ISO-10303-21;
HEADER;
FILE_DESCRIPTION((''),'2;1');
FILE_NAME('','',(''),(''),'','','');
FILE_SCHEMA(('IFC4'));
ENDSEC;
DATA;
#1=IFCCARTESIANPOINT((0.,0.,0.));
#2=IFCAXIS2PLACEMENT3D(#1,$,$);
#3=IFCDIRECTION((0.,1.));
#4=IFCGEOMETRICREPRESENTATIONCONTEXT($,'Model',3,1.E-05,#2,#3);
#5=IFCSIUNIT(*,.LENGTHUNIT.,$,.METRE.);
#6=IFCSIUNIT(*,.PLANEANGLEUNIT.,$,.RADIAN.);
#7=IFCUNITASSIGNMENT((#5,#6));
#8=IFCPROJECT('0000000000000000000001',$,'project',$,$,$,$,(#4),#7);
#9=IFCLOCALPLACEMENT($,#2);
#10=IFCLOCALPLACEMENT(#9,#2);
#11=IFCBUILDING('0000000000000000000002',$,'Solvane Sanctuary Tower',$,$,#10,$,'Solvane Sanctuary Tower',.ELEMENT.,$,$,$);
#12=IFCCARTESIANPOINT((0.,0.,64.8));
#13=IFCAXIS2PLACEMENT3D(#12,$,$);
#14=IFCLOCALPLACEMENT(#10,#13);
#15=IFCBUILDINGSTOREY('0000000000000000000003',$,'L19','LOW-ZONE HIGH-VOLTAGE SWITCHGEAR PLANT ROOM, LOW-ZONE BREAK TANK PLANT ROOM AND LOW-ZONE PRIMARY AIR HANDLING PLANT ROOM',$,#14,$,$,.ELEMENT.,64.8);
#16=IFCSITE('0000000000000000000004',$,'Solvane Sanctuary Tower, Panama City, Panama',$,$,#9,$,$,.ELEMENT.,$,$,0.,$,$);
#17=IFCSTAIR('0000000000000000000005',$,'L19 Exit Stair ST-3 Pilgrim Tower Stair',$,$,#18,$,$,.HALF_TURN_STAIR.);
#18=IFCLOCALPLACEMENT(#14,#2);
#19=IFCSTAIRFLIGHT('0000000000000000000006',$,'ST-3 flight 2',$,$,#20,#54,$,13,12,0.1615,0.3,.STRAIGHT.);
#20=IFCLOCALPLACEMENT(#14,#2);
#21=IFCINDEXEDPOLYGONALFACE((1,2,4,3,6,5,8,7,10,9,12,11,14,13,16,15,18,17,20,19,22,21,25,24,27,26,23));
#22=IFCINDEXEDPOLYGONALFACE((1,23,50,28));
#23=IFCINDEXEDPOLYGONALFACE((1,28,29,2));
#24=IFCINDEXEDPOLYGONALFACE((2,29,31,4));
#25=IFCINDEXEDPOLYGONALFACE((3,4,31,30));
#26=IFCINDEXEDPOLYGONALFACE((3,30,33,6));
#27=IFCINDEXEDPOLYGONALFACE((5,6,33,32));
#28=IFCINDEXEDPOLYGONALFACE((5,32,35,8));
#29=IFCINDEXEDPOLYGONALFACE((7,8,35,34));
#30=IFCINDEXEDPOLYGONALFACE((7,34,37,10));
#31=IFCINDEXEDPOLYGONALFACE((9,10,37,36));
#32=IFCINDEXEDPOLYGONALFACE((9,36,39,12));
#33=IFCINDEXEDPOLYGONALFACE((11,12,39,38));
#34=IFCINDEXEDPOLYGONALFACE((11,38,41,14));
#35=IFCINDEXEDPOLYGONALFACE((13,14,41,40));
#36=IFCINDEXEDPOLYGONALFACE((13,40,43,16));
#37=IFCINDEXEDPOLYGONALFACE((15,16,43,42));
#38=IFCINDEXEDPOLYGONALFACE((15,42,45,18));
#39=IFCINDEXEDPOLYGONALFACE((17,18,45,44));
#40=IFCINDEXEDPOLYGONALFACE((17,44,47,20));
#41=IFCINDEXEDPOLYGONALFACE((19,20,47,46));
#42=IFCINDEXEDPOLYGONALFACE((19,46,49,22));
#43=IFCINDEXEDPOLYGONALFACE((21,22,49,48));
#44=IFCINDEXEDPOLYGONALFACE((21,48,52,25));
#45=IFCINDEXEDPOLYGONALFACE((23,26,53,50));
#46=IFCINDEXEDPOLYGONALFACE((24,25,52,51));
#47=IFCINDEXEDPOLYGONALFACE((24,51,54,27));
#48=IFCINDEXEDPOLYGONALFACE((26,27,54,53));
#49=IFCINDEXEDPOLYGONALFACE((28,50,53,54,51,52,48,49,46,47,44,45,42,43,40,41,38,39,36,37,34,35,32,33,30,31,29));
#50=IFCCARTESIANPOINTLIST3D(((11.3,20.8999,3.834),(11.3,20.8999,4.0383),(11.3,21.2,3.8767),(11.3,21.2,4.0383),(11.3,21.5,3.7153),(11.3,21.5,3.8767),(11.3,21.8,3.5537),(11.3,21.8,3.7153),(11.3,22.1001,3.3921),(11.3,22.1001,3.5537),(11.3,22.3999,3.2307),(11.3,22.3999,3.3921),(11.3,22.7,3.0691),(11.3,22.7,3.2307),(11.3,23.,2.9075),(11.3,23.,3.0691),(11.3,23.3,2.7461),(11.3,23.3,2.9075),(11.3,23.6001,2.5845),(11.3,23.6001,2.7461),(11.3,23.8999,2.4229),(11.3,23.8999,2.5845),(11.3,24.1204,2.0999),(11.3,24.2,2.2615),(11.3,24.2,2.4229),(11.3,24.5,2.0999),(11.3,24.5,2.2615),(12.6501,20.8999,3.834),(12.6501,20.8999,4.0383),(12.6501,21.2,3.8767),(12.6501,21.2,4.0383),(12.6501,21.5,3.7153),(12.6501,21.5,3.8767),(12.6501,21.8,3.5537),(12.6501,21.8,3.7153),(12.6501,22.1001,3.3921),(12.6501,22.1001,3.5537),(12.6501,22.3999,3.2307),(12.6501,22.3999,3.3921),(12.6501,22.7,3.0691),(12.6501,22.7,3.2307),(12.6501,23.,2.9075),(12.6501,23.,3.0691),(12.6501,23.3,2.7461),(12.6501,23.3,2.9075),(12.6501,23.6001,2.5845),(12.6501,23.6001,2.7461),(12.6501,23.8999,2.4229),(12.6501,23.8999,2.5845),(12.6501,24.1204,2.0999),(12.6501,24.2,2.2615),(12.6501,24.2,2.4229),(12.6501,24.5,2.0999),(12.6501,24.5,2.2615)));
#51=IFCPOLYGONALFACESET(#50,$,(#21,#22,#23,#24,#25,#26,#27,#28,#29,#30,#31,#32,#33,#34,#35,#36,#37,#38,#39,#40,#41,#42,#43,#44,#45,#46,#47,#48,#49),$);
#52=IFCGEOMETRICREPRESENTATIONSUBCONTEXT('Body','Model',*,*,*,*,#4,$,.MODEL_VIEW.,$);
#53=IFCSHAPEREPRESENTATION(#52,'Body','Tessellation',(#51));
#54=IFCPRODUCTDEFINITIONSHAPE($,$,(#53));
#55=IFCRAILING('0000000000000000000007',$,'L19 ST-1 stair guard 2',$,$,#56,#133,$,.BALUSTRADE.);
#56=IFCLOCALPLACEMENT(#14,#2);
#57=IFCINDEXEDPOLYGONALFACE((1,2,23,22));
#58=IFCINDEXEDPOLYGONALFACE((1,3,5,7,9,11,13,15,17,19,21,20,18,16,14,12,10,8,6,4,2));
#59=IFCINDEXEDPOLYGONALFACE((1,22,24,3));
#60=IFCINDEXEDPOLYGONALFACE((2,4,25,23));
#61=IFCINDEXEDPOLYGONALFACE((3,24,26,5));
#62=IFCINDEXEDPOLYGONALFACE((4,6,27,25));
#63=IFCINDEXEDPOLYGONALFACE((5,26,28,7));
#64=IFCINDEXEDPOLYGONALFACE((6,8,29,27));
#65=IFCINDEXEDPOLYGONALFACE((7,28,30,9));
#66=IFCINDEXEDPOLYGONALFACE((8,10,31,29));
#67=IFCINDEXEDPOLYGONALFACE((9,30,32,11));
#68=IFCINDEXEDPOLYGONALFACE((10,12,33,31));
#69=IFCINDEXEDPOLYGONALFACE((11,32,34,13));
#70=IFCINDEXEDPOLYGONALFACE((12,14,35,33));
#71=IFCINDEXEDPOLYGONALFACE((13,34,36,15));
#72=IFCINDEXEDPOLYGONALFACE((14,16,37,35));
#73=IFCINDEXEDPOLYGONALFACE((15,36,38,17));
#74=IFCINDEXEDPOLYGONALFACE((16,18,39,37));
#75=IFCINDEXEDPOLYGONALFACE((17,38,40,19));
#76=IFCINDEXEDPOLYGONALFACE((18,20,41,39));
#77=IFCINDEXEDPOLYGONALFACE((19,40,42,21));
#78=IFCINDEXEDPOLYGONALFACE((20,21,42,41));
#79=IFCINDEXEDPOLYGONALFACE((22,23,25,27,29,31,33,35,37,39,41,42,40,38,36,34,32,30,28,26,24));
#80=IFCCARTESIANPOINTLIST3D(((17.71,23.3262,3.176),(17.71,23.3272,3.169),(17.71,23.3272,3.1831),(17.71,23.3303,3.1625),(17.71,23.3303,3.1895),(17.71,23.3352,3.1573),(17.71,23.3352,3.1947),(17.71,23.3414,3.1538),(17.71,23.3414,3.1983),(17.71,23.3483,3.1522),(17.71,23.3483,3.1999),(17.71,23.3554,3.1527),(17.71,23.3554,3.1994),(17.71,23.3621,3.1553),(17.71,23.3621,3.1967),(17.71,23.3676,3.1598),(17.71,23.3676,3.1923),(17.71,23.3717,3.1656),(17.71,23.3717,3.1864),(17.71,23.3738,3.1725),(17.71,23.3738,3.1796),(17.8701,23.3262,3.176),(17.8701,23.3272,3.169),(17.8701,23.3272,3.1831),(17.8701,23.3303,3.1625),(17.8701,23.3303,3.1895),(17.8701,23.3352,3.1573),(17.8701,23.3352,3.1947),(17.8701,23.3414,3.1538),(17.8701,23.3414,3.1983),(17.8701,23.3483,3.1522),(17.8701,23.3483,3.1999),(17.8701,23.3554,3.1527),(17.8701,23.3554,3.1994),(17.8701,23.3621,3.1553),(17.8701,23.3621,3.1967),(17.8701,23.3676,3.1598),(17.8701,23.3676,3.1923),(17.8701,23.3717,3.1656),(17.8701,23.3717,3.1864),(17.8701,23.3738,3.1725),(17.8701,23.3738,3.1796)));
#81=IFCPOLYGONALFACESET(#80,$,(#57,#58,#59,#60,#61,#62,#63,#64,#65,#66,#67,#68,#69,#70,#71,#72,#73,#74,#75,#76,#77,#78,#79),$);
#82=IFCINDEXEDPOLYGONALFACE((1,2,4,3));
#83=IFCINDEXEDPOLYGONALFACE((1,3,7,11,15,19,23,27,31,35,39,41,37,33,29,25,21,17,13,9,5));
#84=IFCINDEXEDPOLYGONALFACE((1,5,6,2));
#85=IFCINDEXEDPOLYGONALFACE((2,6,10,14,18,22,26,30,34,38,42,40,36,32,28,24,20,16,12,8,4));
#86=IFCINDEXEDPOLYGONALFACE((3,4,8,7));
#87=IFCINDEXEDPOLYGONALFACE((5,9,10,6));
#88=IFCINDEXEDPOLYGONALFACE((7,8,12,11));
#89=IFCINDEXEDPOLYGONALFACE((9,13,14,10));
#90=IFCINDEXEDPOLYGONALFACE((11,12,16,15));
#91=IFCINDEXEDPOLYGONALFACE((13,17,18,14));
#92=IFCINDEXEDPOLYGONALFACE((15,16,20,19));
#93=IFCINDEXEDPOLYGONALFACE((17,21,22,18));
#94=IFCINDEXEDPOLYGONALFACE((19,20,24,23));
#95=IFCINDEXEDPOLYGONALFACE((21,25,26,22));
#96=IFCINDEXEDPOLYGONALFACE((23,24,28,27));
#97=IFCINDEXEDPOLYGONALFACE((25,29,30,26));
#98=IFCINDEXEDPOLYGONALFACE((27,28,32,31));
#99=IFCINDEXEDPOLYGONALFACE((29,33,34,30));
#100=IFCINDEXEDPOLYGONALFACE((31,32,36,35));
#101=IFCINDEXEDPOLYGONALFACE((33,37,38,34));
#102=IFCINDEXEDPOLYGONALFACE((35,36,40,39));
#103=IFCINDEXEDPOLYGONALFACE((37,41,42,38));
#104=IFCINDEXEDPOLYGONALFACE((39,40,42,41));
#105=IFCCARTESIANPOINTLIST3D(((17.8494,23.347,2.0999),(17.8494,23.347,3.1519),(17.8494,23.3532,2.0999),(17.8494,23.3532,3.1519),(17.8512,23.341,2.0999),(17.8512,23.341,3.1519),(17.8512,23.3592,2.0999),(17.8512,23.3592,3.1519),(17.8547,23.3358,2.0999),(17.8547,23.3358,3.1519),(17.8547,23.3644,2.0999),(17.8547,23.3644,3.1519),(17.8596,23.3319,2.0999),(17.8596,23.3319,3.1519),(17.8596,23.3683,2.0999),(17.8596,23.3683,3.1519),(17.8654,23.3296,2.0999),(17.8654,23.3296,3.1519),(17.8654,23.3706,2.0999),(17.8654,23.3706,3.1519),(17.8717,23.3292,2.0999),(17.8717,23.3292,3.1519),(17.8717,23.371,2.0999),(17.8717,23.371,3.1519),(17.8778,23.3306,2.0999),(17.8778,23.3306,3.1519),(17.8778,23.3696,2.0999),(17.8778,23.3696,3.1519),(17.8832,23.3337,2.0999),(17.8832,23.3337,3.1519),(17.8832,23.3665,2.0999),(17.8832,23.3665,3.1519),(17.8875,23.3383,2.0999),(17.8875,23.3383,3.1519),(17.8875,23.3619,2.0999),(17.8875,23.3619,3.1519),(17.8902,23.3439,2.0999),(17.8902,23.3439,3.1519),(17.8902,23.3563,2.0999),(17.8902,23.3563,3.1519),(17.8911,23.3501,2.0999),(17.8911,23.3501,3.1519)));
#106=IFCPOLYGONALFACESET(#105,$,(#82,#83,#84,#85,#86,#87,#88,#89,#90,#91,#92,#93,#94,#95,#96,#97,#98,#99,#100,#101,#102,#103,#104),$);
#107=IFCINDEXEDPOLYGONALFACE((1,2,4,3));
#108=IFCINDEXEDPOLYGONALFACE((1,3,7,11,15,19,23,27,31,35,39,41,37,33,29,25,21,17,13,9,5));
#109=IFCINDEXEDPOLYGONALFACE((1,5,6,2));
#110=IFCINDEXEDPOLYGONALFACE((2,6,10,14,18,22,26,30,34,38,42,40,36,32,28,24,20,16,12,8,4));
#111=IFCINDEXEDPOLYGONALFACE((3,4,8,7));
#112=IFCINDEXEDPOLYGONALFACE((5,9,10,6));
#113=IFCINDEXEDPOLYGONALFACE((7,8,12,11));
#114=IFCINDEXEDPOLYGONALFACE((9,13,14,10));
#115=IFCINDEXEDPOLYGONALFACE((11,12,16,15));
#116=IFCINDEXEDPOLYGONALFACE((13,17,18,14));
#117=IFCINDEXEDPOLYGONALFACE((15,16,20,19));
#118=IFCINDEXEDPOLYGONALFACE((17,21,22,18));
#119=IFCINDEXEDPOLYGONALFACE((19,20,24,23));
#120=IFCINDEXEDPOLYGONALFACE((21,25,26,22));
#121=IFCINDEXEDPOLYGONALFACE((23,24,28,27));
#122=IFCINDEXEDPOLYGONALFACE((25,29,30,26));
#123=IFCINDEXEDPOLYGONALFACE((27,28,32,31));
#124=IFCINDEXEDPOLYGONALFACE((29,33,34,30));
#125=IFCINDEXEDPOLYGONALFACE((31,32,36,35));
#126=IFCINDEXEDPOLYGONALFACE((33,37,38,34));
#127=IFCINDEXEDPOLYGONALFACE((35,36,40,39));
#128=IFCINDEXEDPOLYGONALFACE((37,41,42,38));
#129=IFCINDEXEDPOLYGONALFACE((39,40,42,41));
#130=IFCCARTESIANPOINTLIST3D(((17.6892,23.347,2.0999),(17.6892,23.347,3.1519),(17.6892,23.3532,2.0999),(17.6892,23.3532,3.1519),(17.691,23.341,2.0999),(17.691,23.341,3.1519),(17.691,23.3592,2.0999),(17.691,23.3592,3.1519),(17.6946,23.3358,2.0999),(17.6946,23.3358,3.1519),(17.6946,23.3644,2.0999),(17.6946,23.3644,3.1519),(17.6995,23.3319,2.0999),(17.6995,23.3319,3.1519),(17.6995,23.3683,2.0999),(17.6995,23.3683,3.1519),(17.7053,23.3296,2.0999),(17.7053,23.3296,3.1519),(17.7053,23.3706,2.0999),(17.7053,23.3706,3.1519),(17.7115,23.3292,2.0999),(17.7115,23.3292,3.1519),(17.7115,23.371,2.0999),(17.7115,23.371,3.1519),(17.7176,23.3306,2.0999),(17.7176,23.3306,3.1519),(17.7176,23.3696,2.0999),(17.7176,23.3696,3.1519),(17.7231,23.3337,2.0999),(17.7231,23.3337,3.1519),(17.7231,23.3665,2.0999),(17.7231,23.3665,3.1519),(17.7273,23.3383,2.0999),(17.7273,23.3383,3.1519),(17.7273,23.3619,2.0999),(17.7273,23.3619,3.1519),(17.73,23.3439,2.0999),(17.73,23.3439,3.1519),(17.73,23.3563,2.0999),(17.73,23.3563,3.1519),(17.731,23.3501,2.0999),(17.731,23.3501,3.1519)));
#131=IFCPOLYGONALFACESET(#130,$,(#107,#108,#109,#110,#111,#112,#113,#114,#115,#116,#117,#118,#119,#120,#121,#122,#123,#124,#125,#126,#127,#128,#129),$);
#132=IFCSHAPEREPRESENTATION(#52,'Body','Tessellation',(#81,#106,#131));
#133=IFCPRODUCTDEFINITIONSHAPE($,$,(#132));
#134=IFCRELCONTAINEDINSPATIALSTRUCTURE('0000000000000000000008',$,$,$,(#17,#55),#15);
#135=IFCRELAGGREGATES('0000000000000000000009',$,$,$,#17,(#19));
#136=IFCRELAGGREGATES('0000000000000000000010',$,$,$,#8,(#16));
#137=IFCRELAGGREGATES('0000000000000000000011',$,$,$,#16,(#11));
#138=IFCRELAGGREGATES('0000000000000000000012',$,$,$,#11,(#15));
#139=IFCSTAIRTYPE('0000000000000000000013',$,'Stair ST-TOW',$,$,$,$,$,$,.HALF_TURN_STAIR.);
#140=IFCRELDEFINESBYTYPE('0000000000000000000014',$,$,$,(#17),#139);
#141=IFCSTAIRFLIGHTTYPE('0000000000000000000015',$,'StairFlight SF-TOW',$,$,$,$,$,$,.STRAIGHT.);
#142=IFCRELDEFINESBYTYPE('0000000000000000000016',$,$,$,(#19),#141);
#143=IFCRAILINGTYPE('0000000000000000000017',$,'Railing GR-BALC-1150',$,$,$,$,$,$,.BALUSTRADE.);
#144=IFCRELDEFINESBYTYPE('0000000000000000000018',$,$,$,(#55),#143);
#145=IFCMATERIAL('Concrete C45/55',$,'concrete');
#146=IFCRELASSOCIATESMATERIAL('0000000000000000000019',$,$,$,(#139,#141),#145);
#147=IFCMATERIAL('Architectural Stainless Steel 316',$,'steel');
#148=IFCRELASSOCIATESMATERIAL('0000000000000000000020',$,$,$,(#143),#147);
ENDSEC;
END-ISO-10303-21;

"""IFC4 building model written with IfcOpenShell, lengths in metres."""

from ifc_helpers import new_model, si_unit, direction, frame, origin, origin_2d, place, context, subcontext, project, spatial, polyline, circle, outline, extrude, material, type_object, element, aggregate, save


model = new_model("IFC4")

# Units and contexts
model_context = context("Model", 3, precision=1e-05, world=origin(), true_north=direction((0.0, 1.0)))
body_context = subcontext(model_context, "Body", "Model", "MODEL_VIEW")
ifc_project = project(units=[si_unit("LENGTHUNIT", "METRE"), si_unit("PLANEANGLEUNIT", "RADIAN")], contexts=[model_context])

# Site, building, storey
site_placement = place(None, origin())
site = spatial("IfcSite", under=ifc_project, at=site_placement, Name="Solvane Sanctuary Tower, Panama City, Panama", CompositionType="ELEMENT", RefElevation=0.0)
building_placement = place(site_placement, origin())
building = spatial("IfcBuilding", under=site, at=building_placement, Name="Solvane Sanctuary Tower", LongName="Solvane Sanctuary Tower", CompositionType="ELEMENT")
storey_placement = place(building_placement, frame((0.0, 0.0, 64.8)))
storey = spatial("IfcBuildingStorey", under=building, at=storey_placement, Name="L19", Description="LOW-ZONE HIGH-VOLTAGE SWITCHGEAR PLANT ROOM, LOW-ZONE BREAK TANK PLANT ROOM AND LOW-ZONE PRIMARY AIR HANDLING PLANT ROOM", CompositionType="ELEMENT", Elevation=64.8)

# Shared definitions
ifc_material_1 = material(Name="Architectural Stainless Steel 316", Category="steel")

# Stair, stair flight
ifc_material_2 = material(Name="Concrete C45/55", Category="concrete")
stair_type = type_object("IfcStairType", Name="Stair ST-TOW", PredefinedType="HALF_TURN_STAIR", material=ifc_material_2)
stair_flight_type = type_object("IfcStairFlightType", Name="StairFlight SF-TOW", PredefinedType="STRAIGHT", material=ifc_material_2)
stair_1_placement = place(storey_placement, origin())
stair_1 = element("IfcStair", 1, at=stair_1_placement, inside=storey, type_object=stair_type, Name="L19 Exit Stair ST-3 Pilgrim Tower Stair", PredefinedType="HALF_TURN_STAIR")
stair_flight_1_placement = place(storey_placement, frame((11.9751, 24.5, 2.0999), z_axis=(0.0, 0.0, 1.0), x_axis=(0.0, -1.0, 0.0)))
stair_flight_1 = element("IfcStairFlight", 2, at=stair_flight_1_placement, type_object=stair_flight_type, Name="ST-3 flight 2", NumberOfRisers=13, NumberOfTreads=12, PredefinedType="STRAIGHT", RiserHeight=0.1615, TreadLength=0.3, context=body_context, shape_type="SweptSolid", body=[
    extrude(outline(polyline([(0.0, 0.0), (0.0, 0.1616), (0.3, 0.1616), (0.3, 0.323), (0.6001, 0.323), (0.6001, 0.4846), (0.8999, 0.4846), (0.8999, 0.6462), (1.2, 0.6462), (1.2, 0.8076), (1.5, 0.8076), (1.5, 0.9692), (1.8, 0.9692), (1.8, 1.1309), (2.1001, 1.1309), (2.1001, 1.2922), (2.3999, 1.2922), (2.3999, 1.4539), (2.7, 1.4539), (2.7, 1.6155), (3.0, 1.6155), (3.0, 1.7769), (3.3, 1.7769), (3.3, 1.9385), (3.6001, 1.9385), (3.6001, 2.1001), (3.6001, 1.7341), (0.3796, 0.0), (0.0, 0.0)])), frame((0.0, 0.675, 0.0), z_axis=(0.0, -1.0, 0.0), x_axis=(1.0, 0.0, 0.0)), (0.0, 0.0, 1.0), 1.3501),
])
aggregate(stair_1, [stair_flight_1])

# Railing
railing_type_1 = type_object("IfcRailingType", Name="Railing GR-BALC-1150", PredefinedType="BALUSTRADE", material=ifc_material_1)
railing_1_placement = place(storey_placement, frame((17.8701, 23.3501, 2.0999)))
element("IfcRailing", 3, at=railing_1_placement, inside=storey, type_object=railing_type_1, Name="L19 ST-1 stair guard 2", PredefinedType="BALUSTRADE", context=body_context, shape_type="SweptSolid", body=[
    extrude(circle(Radius=0.0239, at=origin_2d()), frame((0.0, 0.0, 1.0762), z_axis=(-1.0, 0.0, 0.0), x_axis=(0.0, -1.0, 0.0)), (0.0, 0.0, 1.0), 0.1602),
    extrude(circle(Radius=0.021, at=origin_2d()), origin(), (0.0, 0.0, 1.0), 1.052),
    extrude(circle(Radius=0.021, at=origin_2d()), frame((-0.1602, 0.0, 0.0)), (0.0, 0.0, 1.0), 1.052),
])

save(model, "model.ifc")
